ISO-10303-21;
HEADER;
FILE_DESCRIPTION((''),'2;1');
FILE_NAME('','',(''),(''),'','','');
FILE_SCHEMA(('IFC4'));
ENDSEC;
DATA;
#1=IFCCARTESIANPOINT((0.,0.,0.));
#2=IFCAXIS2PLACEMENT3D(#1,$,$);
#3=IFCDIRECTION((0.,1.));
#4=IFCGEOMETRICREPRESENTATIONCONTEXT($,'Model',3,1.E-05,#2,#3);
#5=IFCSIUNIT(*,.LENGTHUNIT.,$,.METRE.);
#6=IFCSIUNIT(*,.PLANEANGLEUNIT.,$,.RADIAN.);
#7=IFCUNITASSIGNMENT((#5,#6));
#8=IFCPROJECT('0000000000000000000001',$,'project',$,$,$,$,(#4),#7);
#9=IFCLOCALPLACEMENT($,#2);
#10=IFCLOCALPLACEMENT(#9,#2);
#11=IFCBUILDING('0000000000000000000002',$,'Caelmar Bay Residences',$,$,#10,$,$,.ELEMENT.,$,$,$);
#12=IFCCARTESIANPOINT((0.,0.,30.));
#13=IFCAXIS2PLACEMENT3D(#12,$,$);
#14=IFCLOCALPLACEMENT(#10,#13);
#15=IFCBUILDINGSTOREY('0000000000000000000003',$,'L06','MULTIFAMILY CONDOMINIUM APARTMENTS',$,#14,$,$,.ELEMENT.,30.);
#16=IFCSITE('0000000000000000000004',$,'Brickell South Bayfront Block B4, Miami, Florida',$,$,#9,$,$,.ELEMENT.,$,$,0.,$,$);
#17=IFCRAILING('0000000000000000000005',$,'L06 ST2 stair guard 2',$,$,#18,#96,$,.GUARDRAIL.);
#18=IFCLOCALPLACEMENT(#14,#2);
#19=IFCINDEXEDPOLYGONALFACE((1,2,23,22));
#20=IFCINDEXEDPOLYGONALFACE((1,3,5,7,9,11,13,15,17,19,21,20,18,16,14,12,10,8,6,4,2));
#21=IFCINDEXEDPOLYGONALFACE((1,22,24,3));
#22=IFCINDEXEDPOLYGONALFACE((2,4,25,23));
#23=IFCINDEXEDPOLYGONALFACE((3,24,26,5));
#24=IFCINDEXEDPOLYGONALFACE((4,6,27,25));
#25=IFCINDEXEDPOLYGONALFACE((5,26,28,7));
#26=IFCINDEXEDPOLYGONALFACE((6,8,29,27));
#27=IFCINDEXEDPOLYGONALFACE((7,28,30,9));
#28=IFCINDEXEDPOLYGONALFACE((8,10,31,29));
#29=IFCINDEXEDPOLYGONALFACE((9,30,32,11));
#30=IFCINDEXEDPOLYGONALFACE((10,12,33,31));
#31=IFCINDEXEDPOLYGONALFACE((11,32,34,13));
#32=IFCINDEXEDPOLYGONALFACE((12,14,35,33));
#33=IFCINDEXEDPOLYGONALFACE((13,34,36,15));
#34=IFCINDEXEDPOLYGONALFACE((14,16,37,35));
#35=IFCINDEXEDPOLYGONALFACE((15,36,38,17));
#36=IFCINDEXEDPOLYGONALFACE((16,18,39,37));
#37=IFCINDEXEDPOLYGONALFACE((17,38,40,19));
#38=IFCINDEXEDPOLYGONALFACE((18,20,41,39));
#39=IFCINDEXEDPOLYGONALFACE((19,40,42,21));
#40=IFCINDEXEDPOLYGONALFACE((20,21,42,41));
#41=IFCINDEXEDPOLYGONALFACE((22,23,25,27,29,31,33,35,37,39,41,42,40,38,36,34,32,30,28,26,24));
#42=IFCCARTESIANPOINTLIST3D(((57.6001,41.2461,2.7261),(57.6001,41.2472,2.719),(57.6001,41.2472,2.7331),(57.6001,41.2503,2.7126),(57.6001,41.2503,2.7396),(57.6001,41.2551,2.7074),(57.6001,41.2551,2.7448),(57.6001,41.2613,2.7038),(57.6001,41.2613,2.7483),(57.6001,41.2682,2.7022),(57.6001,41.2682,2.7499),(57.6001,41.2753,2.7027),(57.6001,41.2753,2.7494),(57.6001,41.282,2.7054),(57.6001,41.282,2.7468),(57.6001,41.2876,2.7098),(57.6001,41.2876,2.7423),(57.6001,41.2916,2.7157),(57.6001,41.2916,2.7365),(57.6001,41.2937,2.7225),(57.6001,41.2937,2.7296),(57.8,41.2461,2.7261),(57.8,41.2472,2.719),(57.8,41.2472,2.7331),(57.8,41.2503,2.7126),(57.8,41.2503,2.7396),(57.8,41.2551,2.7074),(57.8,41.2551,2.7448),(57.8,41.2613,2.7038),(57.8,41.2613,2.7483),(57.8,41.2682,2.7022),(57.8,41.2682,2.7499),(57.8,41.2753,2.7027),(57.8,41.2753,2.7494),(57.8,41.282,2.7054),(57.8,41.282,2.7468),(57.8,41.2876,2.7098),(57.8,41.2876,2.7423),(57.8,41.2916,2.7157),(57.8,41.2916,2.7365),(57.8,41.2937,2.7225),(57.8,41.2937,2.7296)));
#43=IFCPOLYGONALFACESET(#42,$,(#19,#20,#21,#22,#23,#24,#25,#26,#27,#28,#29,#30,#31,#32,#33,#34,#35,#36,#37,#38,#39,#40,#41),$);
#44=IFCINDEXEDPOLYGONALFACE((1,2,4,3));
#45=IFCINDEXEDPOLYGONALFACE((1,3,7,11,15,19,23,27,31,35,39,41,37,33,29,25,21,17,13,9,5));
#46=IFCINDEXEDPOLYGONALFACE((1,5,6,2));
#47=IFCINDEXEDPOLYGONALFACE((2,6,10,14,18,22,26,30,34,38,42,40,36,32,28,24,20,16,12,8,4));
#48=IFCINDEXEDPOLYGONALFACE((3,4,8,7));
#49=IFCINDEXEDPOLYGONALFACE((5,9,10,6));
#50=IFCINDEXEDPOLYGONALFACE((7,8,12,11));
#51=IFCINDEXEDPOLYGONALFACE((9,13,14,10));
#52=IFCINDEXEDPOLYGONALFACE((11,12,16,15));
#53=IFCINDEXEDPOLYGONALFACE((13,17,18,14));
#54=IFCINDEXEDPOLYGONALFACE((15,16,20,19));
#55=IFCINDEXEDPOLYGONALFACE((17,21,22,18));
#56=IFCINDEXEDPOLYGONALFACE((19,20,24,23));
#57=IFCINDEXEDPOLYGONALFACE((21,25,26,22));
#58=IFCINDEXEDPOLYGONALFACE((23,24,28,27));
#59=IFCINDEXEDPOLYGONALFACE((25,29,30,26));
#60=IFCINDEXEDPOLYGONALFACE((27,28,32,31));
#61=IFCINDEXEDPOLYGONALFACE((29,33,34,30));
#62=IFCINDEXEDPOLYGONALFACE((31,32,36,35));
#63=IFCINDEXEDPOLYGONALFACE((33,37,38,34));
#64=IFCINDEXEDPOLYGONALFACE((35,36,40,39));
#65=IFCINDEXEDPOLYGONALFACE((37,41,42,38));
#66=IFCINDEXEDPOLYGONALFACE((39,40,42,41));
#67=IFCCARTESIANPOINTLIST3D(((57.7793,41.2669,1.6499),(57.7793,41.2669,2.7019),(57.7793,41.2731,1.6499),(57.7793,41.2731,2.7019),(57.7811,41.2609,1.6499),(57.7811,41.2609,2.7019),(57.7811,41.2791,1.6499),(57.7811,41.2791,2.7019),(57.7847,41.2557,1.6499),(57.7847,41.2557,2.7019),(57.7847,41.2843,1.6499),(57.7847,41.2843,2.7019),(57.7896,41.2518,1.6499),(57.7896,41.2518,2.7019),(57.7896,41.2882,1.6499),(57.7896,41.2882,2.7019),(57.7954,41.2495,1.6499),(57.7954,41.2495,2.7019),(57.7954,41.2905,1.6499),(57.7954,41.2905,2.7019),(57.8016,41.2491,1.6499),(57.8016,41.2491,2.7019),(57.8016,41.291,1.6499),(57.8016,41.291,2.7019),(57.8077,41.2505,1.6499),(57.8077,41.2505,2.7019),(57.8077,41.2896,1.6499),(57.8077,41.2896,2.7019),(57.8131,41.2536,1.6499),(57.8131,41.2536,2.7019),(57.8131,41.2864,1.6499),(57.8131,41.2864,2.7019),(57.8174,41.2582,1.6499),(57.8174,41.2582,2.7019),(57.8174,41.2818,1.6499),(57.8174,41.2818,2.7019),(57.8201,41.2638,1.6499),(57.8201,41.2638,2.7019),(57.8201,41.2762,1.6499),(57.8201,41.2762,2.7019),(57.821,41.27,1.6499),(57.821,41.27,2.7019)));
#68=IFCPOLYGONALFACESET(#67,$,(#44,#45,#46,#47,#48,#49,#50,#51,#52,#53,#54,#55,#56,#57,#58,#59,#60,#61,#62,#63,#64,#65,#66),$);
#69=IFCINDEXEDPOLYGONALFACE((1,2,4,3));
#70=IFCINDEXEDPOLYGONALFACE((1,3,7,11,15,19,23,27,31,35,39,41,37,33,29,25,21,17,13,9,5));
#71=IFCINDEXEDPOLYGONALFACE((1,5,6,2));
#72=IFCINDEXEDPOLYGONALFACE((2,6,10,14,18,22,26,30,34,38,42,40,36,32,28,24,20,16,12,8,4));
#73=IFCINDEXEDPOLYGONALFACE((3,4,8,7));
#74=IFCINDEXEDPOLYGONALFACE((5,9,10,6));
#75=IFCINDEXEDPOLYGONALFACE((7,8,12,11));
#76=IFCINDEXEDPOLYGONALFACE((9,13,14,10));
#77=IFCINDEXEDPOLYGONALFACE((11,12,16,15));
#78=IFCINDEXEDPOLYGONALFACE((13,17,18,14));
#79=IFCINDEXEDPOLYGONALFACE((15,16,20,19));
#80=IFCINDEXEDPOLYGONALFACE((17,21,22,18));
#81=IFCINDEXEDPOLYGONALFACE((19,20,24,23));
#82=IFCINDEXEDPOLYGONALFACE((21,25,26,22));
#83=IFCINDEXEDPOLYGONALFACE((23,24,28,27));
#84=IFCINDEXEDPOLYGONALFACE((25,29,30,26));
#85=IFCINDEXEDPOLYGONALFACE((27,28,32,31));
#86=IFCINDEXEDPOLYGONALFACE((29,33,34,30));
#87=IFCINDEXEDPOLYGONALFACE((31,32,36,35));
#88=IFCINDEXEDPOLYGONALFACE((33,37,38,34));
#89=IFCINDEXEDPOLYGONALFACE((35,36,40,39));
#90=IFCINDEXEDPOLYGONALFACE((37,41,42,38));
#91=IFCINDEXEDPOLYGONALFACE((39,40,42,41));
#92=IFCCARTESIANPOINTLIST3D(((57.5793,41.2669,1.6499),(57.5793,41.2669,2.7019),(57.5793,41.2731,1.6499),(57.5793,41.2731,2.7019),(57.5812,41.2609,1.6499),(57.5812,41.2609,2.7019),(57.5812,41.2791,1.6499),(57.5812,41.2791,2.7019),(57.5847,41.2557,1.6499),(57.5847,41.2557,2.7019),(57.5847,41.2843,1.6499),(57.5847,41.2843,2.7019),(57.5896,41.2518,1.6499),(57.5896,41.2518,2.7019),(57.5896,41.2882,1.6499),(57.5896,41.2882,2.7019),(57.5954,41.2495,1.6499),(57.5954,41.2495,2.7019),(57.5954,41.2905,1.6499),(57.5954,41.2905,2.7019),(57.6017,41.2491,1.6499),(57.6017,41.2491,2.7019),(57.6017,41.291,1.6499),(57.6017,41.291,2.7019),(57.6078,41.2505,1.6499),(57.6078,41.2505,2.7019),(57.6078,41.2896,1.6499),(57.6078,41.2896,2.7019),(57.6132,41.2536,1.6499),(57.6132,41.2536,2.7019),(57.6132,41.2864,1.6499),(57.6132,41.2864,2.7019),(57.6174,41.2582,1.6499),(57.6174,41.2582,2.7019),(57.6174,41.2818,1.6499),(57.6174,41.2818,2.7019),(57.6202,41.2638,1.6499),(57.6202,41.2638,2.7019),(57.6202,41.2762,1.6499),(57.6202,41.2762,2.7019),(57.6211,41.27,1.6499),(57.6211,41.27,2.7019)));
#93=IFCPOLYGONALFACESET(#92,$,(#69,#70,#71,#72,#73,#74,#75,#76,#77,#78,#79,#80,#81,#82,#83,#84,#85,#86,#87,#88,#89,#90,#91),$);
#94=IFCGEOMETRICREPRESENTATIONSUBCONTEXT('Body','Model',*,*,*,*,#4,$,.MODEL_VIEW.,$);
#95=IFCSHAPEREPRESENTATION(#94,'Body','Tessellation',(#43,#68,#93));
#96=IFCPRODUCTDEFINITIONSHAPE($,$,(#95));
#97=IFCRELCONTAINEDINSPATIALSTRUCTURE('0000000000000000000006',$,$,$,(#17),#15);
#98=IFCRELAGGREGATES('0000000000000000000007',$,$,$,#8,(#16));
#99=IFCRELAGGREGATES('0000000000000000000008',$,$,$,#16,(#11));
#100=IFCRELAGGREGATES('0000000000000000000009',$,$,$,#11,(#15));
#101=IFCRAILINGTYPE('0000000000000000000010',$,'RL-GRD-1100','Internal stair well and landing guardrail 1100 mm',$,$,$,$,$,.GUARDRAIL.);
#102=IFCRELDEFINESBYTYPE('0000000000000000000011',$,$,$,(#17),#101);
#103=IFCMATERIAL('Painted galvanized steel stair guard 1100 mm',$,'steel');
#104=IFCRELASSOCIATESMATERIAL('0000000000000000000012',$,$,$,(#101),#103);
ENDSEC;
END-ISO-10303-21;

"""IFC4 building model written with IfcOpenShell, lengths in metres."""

from ifc_helpers import new_model, si_unit, direction, frame, origin, origin_2d, place, context, subcontext, project, spatial, circle, extrude, material, type_object, element, save


model = new_model("IFC4")

# Units and contexts
model_context = context("Model", 3, precision=1e-05, world=origin(), true_north=direction((0.0, 1.0)))
body_context = subcontext(model_context, "Body", "Model", "MODEL_VIEW")
ifc_project = project(units=[si_unit("LENGTHUNIT", "METRE"), si_unit("PLANEANGLEUNIT", "RADIAN")], contexts=[model_context])

# Site, building, storey
site_placement = place(None, origin())
site = spatial("IfcSite", under=ifc_project, at=site_placement, Name="Brickell South Bayfront Block B4, Miami, Florida", CompositionType="ELEMENT", RefElevation=0.0)
building_placement = place(site_placement, origin())
building = spatial("IfcBuilding", under=site, at=building_placement, Name="Caelmar Bay Residences", CompositionType="ELEMENT")
storey_placement = place(building_placement, frame((0.0, 0.0, 30.0)))
storey = spatial("IfcBuildingStorey", under=building, at=storey_placement, Name="L06", Description="MULTIFAMILY CONDOMINIUM APARTMENTS", CompositionType="ELEMENT", Elevation=30.0)

# Railing
ifc_material_1 = material(Name="Painted galvanized steel stair guard 1100 mm", Category="steel")
railing_type_1 = type_object("IfcRailingType", Name="RL-GRD-1100", Description="Internal stair well and landing guardrail 1100 mm", PredefinedType="GUARDRAIL", material=ifc_material_1)
railing_1_placement = place(storey_placement, frame((57.8, 41.27, 1.6499)))
element("IfcRailing", 1, at=railing_1_placement, inside=storey, type_object=railing_type_1, Name="L06 ST2 stair guard 2", PredefinedType="GUARDRAIL", context=body_context, shape_type="SweptSolid", body=[
    extrude(circle(Radius=0.0239, at=origin_2d()), frame((0.0, 0.0, 1.0762), z_axis=(-1.0, 0.0, 0.0), x_axis=(0.0, -1.0, 0.0)), (0.0, 0.0, 1.0), 0.2),
    extrude(circle(Radius=0.021, at=origin_2d()), origin(), (0.0, 0.0, 1.0), 1.052),
    extrude(circle(Radius=0.021, at=origin_2d()), frame((-0.2, 0.0, 0.0)), (0.0, 0.0, 1.0), 1.052),
])

save(model, "model.ifc")
